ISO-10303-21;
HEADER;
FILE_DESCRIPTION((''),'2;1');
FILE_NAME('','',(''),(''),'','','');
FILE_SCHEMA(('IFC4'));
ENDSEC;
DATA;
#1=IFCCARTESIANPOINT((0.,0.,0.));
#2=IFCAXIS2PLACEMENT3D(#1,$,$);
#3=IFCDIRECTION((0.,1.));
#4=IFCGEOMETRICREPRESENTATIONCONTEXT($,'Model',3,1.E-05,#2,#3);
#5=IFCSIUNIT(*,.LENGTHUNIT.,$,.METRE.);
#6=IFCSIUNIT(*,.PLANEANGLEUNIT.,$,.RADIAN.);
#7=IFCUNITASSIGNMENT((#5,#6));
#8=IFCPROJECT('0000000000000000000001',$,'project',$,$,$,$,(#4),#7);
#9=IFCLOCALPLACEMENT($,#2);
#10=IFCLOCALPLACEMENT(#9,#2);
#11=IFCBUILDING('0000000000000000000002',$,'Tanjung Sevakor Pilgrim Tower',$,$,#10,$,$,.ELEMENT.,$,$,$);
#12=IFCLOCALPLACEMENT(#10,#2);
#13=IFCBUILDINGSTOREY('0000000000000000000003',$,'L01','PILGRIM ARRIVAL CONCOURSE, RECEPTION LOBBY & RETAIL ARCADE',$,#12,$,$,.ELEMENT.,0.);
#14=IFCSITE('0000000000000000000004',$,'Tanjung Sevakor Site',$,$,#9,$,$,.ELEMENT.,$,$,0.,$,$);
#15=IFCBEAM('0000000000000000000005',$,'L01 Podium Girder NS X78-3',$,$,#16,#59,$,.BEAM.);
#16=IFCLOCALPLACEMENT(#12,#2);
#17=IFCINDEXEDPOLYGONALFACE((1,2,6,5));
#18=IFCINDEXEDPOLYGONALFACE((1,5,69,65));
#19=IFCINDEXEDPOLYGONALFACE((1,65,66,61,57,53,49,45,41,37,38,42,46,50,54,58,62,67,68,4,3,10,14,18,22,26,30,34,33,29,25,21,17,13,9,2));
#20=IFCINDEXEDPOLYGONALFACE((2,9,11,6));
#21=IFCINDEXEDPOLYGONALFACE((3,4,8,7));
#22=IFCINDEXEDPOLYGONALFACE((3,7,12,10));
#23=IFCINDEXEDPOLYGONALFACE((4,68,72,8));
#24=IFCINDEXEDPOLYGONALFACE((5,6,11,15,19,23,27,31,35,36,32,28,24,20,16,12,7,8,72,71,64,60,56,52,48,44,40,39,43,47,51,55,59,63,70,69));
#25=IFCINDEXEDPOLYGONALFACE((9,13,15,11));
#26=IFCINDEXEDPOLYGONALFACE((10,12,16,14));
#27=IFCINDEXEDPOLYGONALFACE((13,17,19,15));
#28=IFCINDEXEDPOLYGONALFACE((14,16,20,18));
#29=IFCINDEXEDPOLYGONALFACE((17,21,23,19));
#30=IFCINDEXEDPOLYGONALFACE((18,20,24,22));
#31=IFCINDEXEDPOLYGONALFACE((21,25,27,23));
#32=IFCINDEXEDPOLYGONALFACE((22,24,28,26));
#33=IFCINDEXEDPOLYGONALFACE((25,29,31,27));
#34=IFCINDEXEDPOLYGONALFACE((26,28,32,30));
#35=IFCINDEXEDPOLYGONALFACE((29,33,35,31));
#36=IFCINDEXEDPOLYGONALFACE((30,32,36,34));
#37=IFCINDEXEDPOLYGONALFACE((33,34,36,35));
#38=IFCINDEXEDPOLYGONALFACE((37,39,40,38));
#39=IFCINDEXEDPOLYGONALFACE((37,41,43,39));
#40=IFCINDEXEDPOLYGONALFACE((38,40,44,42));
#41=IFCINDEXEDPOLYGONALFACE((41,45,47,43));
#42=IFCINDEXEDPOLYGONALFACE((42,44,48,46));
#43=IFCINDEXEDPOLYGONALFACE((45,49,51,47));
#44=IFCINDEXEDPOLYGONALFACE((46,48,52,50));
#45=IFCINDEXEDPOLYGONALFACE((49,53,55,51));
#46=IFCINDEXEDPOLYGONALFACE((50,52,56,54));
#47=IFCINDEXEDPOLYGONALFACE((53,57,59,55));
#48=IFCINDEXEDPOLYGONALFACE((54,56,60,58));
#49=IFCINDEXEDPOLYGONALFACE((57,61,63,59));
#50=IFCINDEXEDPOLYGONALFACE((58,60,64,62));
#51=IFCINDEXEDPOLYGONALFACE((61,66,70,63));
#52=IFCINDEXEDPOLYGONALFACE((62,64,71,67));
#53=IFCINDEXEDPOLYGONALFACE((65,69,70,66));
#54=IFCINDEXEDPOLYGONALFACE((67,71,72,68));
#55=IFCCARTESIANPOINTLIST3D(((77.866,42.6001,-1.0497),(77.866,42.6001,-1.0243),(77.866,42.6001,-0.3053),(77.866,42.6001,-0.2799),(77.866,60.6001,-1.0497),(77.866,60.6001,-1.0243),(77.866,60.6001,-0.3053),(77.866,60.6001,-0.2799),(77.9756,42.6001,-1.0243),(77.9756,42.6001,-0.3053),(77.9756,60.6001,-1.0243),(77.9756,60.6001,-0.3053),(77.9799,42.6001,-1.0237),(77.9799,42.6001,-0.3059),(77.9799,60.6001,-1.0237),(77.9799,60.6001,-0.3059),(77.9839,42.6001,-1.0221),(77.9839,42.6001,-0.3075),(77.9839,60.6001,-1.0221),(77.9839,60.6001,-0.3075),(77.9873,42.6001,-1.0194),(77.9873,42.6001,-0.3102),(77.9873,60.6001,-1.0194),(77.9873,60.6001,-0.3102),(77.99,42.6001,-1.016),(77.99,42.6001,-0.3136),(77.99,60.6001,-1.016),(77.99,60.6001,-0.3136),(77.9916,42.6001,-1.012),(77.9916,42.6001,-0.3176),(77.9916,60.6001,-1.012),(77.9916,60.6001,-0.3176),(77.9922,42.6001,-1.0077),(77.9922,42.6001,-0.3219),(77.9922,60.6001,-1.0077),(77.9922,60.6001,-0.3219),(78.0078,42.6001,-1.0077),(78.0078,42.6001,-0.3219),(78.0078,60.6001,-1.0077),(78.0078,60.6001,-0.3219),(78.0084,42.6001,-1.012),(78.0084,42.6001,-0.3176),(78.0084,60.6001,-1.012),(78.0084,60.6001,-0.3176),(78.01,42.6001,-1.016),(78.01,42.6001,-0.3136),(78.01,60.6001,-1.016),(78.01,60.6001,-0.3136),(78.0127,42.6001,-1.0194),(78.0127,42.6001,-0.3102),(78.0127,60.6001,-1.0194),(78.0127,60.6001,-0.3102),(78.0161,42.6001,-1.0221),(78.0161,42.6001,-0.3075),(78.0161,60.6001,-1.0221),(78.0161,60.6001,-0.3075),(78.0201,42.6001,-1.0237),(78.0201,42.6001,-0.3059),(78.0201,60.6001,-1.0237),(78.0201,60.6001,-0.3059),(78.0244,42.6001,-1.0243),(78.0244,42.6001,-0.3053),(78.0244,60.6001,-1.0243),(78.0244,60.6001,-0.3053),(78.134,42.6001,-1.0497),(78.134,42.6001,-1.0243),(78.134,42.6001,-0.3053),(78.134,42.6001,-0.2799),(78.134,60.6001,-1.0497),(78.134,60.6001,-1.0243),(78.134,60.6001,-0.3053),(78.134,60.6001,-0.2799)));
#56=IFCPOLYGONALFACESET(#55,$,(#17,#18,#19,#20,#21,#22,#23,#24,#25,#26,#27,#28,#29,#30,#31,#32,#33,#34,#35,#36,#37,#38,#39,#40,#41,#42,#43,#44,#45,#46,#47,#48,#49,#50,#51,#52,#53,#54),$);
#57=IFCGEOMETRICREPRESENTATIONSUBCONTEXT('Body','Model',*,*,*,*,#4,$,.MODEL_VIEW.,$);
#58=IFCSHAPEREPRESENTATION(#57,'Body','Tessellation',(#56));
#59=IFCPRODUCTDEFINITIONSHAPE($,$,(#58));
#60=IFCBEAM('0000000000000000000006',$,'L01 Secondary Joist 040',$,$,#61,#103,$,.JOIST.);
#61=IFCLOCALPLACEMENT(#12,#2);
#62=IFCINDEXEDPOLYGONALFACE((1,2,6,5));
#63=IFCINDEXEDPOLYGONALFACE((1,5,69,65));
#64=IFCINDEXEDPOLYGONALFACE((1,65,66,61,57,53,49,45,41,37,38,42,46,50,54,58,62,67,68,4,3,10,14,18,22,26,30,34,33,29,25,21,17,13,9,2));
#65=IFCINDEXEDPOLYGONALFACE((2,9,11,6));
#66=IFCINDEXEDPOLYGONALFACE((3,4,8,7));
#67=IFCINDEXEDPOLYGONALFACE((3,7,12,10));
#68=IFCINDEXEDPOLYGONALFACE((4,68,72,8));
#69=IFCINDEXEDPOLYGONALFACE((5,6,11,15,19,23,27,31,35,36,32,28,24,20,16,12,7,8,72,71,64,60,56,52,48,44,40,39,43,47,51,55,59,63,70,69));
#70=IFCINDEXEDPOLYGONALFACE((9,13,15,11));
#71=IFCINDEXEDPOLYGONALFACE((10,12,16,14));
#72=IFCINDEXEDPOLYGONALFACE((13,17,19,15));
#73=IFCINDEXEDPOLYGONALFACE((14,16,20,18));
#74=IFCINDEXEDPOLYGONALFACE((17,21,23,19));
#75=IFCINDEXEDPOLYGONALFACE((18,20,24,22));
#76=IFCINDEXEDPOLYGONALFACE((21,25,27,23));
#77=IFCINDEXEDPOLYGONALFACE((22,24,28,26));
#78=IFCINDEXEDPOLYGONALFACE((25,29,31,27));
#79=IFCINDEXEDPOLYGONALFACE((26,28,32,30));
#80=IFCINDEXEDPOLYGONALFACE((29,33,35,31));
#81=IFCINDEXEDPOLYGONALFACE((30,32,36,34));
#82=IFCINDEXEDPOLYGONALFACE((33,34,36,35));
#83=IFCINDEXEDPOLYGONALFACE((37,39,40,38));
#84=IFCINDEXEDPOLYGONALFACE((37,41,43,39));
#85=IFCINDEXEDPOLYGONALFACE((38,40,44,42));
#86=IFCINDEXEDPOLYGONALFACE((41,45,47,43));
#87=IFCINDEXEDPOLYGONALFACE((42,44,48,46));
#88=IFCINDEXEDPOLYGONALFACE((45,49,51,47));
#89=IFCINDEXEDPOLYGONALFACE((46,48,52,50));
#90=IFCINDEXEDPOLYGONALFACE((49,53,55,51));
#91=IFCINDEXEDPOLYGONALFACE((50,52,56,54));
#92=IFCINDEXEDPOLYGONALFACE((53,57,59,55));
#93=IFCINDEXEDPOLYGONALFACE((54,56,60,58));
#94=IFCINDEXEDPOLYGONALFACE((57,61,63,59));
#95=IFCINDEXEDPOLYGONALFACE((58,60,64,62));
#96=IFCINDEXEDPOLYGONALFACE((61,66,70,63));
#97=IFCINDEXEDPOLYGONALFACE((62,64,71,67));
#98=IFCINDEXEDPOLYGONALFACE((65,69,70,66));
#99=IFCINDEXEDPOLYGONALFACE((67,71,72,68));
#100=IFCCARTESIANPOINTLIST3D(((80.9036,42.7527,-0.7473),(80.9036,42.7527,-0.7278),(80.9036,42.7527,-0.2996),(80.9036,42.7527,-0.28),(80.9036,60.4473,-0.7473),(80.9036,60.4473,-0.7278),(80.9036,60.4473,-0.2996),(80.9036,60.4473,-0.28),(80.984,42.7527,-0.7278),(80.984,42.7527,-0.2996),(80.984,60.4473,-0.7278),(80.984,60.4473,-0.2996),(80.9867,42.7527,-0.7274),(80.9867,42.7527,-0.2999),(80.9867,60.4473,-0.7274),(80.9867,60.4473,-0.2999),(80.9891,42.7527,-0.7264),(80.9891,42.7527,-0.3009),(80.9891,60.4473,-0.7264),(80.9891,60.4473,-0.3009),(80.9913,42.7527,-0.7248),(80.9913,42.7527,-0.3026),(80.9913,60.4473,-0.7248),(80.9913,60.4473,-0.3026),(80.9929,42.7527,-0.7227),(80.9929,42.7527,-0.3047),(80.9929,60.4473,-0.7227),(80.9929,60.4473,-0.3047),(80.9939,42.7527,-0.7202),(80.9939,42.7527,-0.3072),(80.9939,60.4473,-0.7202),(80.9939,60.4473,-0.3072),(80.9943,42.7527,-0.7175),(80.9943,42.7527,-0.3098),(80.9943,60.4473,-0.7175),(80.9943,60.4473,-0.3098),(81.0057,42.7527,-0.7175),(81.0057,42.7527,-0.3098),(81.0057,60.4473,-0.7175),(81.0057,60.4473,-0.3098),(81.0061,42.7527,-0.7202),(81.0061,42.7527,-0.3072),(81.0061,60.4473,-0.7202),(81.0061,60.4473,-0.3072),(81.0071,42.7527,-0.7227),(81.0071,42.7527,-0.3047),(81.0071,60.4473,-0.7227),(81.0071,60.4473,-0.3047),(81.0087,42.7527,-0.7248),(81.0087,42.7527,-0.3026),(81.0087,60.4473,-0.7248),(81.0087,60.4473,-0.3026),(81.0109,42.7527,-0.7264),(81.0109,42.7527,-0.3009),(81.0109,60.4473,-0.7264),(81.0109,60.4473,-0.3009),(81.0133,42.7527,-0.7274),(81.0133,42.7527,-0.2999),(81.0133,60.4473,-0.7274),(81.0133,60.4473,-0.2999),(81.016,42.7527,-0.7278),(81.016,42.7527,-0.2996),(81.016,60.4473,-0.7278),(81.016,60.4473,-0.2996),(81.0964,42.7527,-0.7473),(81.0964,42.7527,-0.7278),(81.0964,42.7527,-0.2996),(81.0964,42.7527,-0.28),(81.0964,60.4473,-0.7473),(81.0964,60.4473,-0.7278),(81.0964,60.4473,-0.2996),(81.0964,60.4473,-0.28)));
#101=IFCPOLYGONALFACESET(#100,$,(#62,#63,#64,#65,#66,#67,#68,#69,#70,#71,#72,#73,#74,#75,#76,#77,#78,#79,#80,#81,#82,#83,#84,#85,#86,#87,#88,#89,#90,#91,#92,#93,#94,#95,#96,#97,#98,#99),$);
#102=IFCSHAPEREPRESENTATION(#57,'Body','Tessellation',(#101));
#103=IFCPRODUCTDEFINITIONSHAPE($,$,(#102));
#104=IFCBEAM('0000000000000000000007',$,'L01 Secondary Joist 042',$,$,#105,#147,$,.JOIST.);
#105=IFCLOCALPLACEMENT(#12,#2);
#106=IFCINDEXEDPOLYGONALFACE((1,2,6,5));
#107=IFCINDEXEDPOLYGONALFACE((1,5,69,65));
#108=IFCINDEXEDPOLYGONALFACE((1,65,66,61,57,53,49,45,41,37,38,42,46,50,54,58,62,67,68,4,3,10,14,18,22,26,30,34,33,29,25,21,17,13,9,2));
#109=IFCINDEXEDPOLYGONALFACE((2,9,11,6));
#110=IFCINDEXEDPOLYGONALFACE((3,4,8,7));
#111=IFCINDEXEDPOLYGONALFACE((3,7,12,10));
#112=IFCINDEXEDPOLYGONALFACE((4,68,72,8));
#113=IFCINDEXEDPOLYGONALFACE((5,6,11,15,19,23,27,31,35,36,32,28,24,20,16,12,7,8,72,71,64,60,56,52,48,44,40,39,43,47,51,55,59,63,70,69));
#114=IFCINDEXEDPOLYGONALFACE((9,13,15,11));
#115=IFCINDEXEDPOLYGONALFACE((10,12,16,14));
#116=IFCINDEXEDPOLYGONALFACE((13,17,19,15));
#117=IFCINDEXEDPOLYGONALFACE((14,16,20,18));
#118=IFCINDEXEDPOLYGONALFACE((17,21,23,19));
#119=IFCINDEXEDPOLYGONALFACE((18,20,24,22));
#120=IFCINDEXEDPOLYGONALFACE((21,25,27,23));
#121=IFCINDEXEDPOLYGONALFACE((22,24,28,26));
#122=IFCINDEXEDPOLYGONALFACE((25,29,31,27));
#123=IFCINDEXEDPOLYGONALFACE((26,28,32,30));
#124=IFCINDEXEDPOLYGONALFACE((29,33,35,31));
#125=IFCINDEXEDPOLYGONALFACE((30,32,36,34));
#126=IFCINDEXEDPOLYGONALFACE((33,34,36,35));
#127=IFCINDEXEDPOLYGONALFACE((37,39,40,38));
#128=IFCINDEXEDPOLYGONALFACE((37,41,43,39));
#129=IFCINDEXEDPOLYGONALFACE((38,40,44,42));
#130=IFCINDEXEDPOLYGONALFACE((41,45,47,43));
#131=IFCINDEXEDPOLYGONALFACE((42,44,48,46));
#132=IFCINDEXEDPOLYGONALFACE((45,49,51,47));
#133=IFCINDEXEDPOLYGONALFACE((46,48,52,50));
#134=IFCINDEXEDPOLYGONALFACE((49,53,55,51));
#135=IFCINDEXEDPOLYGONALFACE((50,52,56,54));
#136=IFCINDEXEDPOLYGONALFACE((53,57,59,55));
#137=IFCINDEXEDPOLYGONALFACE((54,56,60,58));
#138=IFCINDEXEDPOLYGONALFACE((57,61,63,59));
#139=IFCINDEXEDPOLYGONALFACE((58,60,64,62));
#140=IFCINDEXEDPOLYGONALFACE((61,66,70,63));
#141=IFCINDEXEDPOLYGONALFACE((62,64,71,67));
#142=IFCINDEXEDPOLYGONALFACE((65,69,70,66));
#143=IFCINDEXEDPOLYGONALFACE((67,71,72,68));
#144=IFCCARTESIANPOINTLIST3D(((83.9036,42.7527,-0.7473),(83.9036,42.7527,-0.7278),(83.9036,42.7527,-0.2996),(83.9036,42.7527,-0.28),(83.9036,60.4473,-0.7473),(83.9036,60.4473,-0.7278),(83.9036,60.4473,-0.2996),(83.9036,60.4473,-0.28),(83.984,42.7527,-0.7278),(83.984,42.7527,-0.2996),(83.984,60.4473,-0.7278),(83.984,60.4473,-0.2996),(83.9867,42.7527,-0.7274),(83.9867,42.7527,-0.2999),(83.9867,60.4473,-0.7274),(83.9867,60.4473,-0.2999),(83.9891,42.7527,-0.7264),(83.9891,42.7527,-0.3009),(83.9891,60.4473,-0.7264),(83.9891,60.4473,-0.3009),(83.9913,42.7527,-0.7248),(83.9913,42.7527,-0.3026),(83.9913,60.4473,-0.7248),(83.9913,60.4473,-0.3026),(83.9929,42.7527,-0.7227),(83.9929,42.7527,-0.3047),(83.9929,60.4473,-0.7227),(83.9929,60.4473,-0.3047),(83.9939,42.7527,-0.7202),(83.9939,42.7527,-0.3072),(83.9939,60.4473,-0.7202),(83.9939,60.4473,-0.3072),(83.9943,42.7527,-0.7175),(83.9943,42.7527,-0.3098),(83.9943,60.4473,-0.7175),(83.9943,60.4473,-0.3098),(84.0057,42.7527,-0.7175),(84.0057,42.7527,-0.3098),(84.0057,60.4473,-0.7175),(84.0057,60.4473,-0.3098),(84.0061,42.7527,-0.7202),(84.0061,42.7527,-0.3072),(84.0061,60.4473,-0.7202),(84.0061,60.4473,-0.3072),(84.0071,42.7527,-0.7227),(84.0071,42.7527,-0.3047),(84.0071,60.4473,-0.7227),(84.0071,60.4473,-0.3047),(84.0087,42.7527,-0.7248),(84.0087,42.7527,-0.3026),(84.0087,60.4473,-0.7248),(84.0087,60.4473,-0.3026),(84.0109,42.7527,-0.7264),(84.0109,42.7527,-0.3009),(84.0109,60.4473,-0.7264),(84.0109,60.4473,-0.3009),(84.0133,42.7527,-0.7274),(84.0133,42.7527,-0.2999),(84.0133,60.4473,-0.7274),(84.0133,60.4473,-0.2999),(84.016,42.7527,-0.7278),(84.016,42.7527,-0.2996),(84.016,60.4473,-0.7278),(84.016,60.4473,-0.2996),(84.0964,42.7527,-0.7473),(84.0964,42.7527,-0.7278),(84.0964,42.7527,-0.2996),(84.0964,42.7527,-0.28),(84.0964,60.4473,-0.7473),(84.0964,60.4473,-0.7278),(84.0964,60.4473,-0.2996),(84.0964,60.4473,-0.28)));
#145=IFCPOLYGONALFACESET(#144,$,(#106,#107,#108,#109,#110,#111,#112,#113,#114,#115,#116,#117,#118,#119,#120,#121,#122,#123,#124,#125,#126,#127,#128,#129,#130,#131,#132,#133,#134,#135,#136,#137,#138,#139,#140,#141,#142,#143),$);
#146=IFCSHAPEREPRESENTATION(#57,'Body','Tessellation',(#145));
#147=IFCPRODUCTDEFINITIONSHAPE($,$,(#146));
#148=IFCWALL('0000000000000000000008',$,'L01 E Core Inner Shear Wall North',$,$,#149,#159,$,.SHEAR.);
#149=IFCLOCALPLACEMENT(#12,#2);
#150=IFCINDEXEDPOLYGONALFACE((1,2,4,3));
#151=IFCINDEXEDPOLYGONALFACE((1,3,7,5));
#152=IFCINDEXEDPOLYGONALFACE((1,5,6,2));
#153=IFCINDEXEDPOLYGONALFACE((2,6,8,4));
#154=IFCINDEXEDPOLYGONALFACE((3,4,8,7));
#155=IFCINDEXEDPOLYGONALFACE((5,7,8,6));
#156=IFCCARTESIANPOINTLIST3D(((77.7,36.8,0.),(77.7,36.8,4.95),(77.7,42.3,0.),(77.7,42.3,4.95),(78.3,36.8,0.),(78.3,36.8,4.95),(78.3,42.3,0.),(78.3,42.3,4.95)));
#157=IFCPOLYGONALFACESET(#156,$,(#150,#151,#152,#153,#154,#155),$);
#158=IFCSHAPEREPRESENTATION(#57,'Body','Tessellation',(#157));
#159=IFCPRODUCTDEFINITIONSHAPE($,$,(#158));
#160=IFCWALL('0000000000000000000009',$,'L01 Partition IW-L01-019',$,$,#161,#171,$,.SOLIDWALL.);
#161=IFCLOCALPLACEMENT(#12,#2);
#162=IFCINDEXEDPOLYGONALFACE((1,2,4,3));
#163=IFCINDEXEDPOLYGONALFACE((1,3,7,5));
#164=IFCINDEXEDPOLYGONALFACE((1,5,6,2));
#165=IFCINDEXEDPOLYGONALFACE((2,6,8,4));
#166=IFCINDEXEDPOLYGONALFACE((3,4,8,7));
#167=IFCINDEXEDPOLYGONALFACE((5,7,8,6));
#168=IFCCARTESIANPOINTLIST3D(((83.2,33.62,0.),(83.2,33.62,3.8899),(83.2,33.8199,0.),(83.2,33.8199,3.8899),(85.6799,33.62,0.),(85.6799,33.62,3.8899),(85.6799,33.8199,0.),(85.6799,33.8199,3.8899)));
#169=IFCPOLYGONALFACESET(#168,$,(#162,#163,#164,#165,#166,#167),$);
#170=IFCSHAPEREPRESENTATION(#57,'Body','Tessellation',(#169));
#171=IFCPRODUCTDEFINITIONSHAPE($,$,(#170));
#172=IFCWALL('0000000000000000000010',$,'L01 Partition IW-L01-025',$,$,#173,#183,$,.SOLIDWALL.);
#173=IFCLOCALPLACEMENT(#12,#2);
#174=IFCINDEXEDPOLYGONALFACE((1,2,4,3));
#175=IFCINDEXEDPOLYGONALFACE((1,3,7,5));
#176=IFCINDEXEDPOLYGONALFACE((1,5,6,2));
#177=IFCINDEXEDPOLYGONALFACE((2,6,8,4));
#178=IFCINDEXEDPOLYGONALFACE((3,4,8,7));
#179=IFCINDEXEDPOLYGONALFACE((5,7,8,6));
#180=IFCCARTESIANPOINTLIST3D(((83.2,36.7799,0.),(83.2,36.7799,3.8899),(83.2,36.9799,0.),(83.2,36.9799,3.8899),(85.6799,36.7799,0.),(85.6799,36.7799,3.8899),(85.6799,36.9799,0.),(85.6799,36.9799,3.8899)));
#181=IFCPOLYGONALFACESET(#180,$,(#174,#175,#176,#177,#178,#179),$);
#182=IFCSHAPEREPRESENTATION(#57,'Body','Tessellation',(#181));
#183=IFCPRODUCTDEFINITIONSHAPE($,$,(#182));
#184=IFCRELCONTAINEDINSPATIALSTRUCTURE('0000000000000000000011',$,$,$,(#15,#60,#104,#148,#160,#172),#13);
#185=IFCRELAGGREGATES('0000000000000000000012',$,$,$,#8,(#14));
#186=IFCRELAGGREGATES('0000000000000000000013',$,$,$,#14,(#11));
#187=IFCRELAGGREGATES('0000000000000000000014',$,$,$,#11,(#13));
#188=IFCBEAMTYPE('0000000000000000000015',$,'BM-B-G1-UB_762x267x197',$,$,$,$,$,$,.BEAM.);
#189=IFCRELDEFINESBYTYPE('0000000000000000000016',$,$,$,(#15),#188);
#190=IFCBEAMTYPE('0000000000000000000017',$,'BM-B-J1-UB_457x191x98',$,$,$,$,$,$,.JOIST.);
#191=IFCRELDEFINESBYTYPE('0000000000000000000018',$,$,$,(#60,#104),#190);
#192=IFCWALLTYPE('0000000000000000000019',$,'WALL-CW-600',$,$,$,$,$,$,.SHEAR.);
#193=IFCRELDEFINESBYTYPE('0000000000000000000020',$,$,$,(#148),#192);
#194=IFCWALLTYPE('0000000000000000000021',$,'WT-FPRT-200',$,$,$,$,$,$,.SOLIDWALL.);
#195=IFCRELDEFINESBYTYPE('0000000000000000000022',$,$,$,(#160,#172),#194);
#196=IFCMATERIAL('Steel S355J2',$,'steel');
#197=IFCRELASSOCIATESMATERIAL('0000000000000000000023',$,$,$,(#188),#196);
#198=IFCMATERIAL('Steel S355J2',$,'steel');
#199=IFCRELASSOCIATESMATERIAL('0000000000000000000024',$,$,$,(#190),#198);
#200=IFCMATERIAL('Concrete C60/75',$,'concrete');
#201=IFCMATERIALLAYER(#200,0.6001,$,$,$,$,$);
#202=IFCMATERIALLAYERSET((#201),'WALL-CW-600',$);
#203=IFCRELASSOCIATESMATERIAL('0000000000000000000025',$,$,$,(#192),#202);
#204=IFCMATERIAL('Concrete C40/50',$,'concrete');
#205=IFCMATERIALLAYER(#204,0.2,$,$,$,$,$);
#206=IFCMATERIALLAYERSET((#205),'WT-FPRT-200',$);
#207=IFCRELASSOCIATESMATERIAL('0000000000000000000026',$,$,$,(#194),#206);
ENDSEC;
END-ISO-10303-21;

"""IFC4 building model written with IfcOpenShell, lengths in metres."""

from ifc_helpers import new_model, si_unit, direction, frame, frame_2d, origin, origin_2d, place, context, subcontext, project, spatial, rectangle, i_section, extrude, material, layer, layer_set, material_profile, profile_set, type_object, element, save


model = new_model("IFC4")

# Units and contexts
model_context = context("Model", 3, precision=1e-05, world=origin(), true_north=direction((0.0, 1.0)))
body_context = subcontext(model_context, "Body", "Model", "MODEL_VIEW")
ifc_project = project(units=[si_unit("LENGTHUNIT", "METRE"), si_unit("PLANEANGLEUNIT", "RADIAN")], contexts=[model_context])

# Site, building, storey
site_placement = place(None, origin())
site = spatial("IfcSite", under=ifc_project, at=site_placement, Name="Tanjung Sevakor Site", CompositionType="ELEMENT", RefElevation=0.0)
building_placement = place(site_placement, origin())
building = spatial("IfcBuilding", under=site, at=building_placement, Name="Tanjung Sevakor Pilgrim Tower", CompositionType="ELEMENT")
storey_placement = place(building_placement, origin())
storey = spatial("IfcBuildingStorey", under=building, at=storey_placement, Name="L01", Description="PILGRIM ARRIVAL CONCOURSE, RECEPTION LOBBY & RETAIL ARCADE", CompositionType="ELEMENT", Elevation=0.0)

# Beams
ifc_material_1 = material(Name="Steel S355J2", Category="steel")
ifc_material_profile_1 = material_profile(ifc_material_1, i_section(OverallWidth=0.2681, OverallDepth=0.7698, WebThickness=0.0156, FlangeThickness=0.0254, FilletRadius=0.0166, at=origin_2d()))
ifc_profile_set_1 = profile_set([ifc_material_profile_1], Name="Steel S355J2")
beam_type_1 = type_object("IfcBeamType", Name="BM-B-G1-UB_762x267x197", PredefinedType="BEAM", material=ifc_profile_set_1)
beam_placement = place(storey_placement, frame((78.0, 42.6001, -0.6648), z_axis=(0.0, 1.0, 0.0), x_axis=(-1.0, 0.0, 0.0)))
element("IfcBeam", 1, at=beam_placement, inside=storey, type_object=beam_type_1, Name="L01 Podium Girder NS X78-3", PredefinedType="BEAM", context=body_context, shape_type="SweptSolid", body=[
    extrude(i_section(OverallWidth=0.2681, OverallDepth=0.7698, WebThickness=0.0156, FlangeThickness=0.0254, FilletRadius=0.0166, at=origin_2d()), origin(), (0.0, 0.0, 1.0), 18.0),
])
ifc_material_2 = material(Name="Steel S355J2", Category="steel")
ifc_material_profile_2 = material_profile(ifc_material_2, i_section(OverallWidth=0.1929, OverallDepth=0.4673, WebThickness=0.0115, FlangeThickness=0.0195, FilletRadius=0.0103, at=origin_2d()))
ifc_profile_set_2 = profile_set([ifc_material_profile_2], Name="Steel S355J2")
beam_type_2 = type_object("IfcBeamType", Name="BM-B-J1-UB_457x191x98", PredefinedType="JOIST", material=ifc_profile_set_2)
for number, where, z_axis, x_axis, name in (
    (2, (81.0, 42.7527, -0.5137), (0.0, 1.0, 0.0), (-1.0, 0.0, 0.0), "L01 Secondary Joist 040"),
    (3, (84.0, 42.7527, -0.5137), (0.0, 1.0, 0.0), (-1.0, 0.0, 0.0), "L01 Secondary Joist 042"),
):
    element("IfcBeam", number, at=place(storey_placement, frame(where, z_axis=z_axis, x_axis=x_axis)), inside=storey, type_object=beam_type_2, Name=name, PredefinedType="JOIST", context=body_context, shape_type="SweptSolid", body=[
        extrude(i_section(OverallWidth=0.1929, OverallDepth=0.4673, WebThickness=0.0115, FlangeThickness=0.0195, FilletRadius=0.0103, at=origin_2d()), origin(), (0.0, 0.0, 1.0), 17.6946),
    ])

# Wall
ifc_material_3 = material(Name="Concrete C60/75", Category="concrete")
ifc_layer_1 = layer(ifc_material_3, 0.6001)
ifc_layer_set_1 = layer_set([ifc_layer_1], Name="WALL-CW-600")
wall_type_1 = type_object("IfcWallType", Name="WALL-CW-600", PredefinedType="SHEAR", material=ifc_layer_set_1)
wall_1_placement = place(storey_placement, frame((78.0, 36.8, 0.0), z_axis=(0.0, 0.0, 1.0), x_axis=(0.0, 1.0, 0.0)))
element("IfcWall", 4, at=wall_1_placement, inside=storey, type_object=wall_type_1, Name="L01 E Core Inner Shear Wall North", PredefinedType="SHEAR", context=body_context, shape_type="SweptSolid", body=[
    extrude(rectangle(XDim=5.5, YDim=0.6001, at=frame_2d((2.75, 0.0))), origin(), (0.0, 0.0, 1.0), 4.95),
])

# Walls
ifc_material_4 = material(Name="Concrete C40/50", Category="concrete")
ifc_layer_2 = layer(ifc_material_4, 0.2)
ifc_layer_set_2 = layer_set([ifc_layer_2], Name="WT-FPRT-200")
wall_type_2 = type_object("IfcWallType", Name="WT-FPRT-200", PredefinedType="SOLIDWALL", material=ifc_layer_set_2)
for number, where, z_axis, x_axis, name in (
    (5, (83.2, 33.72, 0.0), (0.0, 0.0, 1.0), (1.0, 0.0, 0.0), "L01 Partition IW-L01-019"),
    (6, (83.2, 36.8799, 0.0), (0.0, 0.0, 1.0), (1.0, 0.0, 0.0), "L01 Partition IW-L01-025"),
):
    element("IfcWall", number, at=place(storey_placement, frame(where, z_axis=z_axis, x_axis=x_axis)), inside=storey, type_object=wall_type_2, Name=name, PredefinedType="SOLIDWALL", context=body_context, shape_type="SweptSolid", body=[
        extrude(rectangle(XDim=2.48, YDim=0.2, at=frame_2d((1.24, 0.0))), origin(), (0.0, 0.0, 1.0), 3.8899),
    ])

save(model, "model.ifc")
